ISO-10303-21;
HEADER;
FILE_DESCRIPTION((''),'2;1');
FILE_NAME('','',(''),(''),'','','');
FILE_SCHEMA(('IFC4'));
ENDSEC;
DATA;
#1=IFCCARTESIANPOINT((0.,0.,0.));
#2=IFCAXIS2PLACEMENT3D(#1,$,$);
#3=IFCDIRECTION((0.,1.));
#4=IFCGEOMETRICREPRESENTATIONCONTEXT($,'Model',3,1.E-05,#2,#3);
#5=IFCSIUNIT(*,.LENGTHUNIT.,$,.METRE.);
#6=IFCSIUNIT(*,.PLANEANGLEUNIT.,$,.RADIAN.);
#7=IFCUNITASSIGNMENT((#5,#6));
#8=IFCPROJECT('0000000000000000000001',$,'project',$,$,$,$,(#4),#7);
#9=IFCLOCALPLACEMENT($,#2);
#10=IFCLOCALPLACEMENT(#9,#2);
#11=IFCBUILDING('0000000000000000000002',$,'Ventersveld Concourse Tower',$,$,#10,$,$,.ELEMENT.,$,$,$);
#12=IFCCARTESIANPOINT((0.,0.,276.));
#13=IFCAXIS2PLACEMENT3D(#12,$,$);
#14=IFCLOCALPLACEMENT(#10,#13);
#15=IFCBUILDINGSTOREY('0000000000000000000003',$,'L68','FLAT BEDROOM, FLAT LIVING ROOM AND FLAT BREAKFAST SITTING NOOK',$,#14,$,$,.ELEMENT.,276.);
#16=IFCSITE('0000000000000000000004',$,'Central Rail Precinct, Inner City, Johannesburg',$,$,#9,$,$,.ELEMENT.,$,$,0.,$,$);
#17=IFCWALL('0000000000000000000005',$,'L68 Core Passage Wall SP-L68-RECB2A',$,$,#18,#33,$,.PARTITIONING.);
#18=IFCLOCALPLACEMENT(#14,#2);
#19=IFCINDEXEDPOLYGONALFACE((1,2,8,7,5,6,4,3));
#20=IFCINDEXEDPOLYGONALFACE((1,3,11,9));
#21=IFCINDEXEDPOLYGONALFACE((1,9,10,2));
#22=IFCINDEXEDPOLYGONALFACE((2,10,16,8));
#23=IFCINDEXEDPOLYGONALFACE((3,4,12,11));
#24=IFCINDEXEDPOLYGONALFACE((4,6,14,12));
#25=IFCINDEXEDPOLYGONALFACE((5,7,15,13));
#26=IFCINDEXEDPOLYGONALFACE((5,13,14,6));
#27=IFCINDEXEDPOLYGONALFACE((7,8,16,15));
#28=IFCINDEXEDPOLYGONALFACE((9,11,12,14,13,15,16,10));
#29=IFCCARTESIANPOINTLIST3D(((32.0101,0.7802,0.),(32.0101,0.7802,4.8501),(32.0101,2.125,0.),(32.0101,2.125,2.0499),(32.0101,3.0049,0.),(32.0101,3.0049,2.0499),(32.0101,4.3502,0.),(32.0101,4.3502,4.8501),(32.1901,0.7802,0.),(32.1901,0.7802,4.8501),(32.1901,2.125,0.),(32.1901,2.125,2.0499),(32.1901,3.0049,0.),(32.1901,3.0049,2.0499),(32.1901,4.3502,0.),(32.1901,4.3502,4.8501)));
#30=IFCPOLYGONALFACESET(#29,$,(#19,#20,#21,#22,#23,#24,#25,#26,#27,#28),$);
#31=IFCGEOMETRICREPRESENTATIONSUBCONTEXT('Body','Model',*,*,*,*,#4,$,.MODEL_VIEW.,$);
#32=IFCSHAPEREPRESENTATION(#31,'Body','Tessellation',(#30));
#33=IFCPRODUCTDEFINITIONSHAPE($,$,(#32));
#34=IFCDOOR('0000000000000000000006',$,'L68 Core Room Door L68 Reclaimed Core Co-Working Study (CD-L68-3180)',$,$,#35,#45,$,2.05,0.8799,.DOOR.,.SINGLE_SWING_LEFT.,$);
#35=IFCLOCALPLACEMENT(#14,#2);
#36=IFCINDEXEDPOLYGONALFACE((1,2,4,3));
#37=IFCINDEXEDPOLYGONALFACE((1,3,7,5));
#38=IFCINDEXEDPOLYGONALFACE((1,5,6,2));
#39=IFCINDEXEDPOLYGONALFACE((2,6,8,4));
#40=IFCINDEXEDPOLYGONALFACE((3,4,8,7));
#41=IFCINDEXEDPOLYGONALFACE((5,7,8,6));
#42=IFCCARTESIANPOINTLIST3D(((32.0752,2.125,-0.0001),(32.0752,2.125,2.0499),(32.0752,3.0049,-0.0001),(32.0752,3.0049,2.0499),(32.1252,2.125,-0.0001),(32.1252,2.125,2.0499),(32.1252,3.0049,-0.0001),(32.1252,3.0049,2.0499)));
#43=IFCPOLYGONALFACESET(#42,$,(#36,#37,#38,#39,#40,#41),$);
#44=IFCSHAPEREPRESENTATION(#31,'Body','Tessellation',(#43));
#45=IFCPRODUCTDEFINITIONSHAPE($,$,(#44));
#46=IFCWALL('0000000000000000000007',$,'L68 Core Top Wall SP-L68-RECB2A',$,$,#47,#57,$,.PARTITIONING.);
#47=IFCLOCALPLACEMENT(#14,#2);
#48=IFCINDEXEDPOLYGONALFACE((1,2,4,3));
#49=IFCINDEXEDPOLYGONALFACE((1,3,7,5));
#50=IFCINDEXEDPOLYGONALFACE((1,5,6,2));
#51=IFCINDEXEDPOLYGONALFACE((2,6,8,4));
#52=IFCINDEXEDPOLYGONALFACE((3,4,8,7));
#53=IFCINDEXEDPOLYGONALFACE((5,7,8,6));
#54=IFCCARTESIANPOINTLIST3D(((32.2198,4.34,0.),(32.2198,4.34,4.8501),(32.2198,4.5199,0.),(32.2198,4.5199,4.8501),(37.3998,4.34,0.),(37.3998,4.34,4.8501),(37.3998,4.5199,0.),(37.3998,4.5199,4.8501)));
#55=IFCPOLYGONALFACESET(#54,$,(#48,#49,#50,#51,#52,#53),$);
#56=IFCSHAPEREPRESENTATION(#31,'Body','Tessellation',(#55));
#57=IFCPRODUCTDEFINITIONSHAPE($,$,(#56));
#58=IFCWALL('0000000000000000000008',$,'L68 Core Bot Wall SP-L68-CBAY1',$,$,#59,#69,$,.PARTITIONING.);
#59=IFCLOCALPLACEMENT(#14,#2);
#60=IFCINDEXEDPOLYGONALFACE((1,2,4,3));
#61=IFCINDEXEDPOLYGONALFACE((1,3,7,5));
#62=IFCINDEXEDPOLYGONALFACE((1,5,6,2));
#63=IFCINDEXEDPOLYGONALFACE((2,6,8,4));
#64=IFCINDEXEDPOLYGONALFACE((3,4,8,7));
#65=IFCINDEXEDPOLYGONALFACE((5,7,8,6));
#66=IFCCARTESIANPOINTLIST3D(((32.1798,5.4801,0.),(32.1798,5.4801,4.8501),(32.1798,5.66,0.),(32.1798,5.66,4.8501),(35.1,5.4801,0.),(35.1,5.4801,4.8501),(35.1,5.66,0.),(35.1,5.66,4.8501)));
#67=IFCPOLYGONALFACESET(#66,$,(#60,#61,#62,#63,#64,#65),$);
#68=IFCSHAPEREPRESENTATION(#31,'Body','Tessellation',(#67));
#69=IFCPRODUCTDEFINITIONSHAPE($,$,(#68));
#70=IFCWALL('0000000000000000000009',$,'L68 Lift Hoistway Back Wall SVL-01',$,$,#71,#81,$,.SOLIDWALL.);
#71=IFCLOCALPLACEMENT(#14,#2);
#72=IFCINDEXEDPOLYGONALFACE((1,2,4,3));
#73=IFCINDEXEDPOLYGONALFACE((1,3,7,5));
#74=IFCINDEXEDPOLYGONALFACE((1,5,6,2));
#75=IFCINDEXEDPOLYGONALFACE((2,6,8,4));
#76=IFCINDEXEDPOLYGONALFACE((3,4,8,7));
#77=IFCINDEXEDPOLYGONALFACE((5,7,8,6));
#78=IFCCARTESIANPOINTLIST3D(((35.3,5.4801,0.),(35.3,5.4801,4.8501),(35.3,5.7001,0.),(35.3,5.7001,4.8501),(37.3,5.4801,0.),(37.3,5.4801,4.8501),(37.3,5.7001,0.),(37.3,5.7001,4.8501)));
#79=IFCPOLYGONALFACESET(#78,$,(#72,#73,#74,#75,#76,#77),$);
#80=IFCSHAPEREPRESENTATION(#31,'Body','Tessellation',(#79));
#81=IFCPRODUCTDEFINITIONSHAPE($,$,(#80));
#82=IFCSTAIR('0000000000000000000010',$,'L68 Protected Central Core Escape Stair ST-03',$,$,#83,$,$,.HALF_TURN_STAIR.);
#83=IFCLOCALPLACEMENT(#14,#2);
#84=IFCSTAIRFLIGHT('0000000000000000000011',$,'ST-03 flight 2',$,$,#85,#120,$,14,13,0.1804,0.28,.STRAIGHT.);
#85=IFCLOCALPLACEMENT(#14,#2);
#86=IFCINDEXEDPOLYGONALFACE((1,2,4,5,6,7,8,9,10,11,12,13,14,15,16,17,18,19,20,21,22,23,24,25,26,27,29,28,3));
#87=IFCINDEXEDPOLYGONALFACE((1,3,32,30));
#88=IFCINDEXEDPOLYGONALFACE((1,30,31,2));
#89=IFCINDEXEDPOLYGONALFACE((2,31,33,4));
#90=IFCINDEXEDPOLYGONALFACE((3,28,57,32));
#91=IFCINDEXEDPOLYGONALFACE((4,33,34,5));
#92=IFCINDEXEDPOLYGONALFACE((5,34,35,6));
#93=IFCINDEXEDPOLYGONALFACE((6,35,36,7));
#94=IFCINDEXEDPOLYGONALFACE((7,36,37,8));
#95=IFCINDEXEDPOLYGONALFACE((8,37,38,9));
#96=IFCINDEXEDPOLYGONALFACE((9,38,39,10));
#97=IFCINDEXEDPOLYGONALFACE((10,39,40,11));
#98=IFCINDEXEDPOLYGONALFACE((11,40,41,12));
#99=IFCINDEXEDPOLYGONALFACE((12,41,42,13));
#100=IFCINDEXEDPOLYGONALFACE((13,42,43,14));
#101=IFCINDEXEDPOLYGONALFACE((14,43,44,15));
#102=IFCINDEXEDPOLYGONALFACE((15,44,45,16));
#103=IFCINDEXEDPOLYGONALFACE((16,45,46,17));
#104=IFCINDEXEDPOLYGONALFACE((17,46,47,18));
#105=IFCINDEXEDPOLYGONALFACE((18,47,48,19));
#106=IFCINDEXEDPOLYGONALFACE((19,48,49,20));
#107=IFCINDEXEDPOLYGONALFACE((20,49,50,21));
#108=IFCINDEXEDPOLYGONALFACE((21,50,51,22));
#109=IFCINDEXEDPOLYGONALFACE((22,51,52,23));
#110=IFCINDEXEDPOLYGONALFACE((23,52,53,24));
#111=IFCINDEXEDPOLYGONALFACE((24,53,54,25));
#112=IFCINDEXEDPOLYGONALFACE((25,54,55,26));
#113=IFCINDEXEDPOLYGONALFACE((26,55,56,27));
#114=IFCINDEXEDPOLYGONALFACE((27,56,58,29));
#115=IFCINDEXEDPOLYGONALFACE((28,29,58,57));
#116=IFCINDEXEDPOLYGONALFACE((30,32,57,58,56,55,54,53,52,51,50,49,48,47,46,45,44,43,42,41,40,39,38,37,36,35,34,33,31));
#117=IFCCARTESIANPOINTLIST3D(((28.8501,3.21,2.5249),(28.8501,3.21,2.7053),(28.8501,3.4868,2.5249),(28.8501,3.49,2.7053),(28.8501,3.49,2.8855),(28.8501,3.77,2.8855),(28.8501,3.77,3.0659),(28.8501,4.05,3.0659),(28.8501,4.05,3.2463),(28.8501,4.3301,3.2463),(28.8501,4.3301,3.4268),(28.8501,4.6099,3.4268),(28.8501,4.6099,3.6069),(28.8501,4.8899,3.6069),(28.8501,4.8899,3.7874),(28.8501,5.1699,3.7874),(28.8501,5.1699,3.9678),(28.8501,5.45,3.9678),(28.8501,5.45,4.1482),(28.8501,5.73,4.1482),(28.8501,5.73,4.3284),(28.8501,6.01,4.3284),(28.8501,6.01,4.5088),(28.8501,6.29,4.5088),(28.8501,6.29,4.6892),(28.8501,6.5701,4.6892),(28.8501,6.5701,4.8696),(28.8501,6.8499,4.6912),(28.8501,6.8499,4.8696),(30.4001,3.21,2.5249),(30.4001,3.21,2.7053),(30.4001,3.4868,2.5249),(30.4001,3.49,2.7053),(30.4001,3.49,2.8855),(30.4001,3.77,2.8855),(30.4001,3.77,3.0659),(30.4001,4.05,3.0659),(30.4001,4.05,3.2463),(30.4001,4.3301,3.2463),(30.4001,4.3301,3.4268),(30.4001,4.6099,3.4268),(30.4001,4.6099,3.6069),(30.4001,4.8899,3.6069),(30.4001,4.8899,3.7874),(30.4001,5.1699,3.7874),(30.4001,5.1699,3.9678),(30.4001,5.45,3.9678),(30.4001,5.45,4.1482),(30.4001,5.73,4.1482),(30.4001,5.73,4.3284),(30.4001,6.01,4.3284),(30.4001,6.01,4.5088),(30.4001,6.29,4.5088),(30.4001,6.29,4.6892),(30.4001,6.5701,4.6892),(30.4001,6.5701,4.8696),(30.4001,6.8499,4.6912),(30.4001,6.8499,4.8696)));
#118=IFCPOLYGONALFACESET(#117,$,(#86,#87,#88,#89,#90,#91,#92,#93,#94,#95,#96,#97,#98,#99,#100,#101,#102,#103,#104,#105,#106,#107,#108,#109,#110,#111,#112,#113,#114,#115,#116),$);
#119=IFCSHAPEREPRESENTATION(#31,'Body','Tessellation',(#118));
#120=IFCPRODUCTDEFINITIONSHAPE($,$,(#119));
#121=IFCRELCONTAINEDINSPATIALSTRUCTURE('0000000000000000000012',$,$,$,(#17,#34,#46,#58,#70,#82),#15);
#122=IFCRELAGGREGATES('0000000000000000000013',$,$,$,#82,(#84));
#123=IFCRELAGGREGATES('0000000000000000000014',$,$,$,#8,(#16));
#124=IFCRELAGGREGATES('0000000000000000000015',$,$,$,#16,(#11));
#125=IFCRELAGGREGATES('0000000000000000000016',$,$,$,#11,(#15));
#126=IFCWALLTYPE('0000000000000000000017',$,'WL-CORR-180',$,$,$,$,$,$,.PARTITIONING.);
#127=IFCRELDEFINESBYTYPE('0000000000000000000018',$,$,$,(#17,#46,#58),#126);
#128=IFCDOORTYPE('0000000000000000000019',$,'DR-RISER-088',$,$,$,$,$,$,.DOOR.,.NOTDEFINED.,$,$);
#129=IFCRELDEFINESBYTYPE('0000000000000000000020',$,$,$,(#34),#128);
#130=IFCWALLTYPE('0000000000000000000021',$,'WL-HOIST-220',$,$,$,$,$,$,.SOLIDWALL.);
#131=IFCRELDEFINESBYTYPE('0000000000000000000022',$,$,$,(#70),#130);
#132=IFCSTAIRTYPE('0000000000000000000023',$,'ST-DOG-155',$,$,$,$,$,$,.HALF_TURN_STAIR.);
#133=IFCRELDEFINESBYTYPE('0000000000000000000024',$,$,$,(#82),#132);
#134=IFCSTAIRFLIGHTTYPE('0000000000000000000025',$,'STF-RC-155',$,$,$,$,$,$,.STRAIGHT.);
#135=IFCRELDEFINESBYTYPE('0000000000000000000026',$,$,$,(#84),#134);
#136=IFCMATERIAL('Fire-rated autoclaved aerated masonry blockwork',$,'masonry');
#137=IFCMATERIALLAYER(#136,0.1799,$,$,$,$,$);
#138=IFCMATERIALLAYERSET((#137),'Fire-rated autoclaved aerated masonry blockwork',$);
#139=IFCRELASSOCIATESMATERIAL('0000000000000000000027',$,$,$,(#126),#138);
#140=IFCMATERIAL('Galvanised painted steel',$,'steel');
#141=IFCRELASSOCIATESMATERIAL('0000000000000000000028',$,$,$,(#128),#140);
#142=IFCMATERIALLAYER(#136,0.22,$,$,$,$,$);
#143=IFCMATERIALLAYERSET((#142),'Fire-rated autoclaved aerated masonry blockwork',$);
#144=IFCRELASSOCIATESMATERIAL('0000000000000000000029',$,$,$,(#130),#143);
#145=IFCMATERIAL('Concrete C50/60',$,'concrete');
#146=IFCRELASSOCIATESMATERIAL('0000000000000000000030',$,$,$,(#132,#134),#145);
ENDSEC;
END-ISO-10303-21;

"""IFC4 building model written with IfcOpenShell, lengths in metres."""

from ifc_helpers import new_model, si_unit, direction, frame, frame_2d, origin, place, context, subcontext, project, spatial, polyline, rectangle, outline, extrude, material, layer, layer_set, type_object, element, fill, aggregate, save


model = new_model("IFC4")

# Units and contexts
model_context = context("Model", 3, precision=1e-05, world=origin(), true_north=direction((0.0, 1.0)))
body_context = subcontext(model_context, "Body", "Model", "MODEL_VIEW")
ifc_project = project(units=[si_unit("LENGTHUNIT", "METRE"), si_unit("PLANEANGLEUNIT", "RADIAN")], contexts=[model_context])

# Site, building, storey
site_placement = place(None, origin())
site = spatial("IfcSite", under=ifc_project, at=site_placement, Name="Central Rail Precinct, Inner City, Johannesburg", CompositionType="ELEMENT", RefElevation=0.0)
building_placement = place(site_placement, origin())
building = spatial("IfcBuilding", under=site, at=building_placement, Name="Ventersveld Concourse Tower", CompositionType="ELEMENT")
storey_placement = place(building_placement, frame((0.0, 0.0, 276.0)))
storey = spatial("IfcBuildingStorey", under=building, at=storey_placement, Name="L68", Description="FLAT BEDROOM, FLAT LIVING ROOM AND FLAT BREAKFAST SITTING NOOK", CompositionType="ELEMENT", Elevation=276.0)

# Shared definitions
ifc_material_1 = material(Name="Concrete C50/60", Category="concrete")

# Wall, opening, door
ifc_material_2 = material(Name="Fire-rated autoclaved aerated masonry blockwork", Category="masonry")
ifc_layer_1 = layer(ifc_material_2, 0.1799)
ifc_layer_set_1 = layer_set([ifc_layer_1], Name="Fire-rated autoclaved aerated masonry blockwork")
wall_type_1 = type_object("IfcWallType", Name="WL-CORR-180", PredefinedType="PARTITIONING", material=ifc_layer_set_1)
wall_1_placement = place(storey_placement, frame((32.1001, 0.78, 0.0), z_axis=(0.0, 0.0, 1.0), x_axis=(0.0, 1.0, 0.0)))
wall_1 = element("IfcWall", 1, at=wall_1_placement, inside=storey, type_object=wall_type_1, Name="L68 Core Passage Wall SP-L68-RECB2A", PredefinedType="PARTITIONING", context=body_context, shape_type="SweptSolid", body=[
    extrude(rectangle(XDim=3.5701, YDim=0.1799, at=frame_2d((1.7852, 0.0))), origin(), (0.0, 0.0, 1.0), 4.8501),
])
opening_1_placement = place(wall_1_placement, frame((1.345, 0.0, 0.0)))
opening_1 = element("IfcOpeningElement", 2, at=opening_1_placement, cuts=wall_1, PredefinedType="OPENING", context=body_context, shape_type="SweptSolid", body=[
    extrude(rectangle(XDim=0.8799, YDim=2.05, at=frame_2d((0.4399, 1.0249))), frame((0.0, 0.1001, 0.0), z_axis=(0.0, -1.0, 0.0), x_axis=(1.0, 0.0, 0.0)), (0.0, 0.0, 1.0), 0.2),
])
ifc_material_3 = material(Name="Galvanised painted steel", Category="steel")
door_type_1 = type_object("IfcDoorType", Name="DR-RISER-088", OperationType="NOTDEFINED", PredefinedType="DOOR", material=ifc_material_3)
door_1_placement = place(opening_1_placement, origin())
door_1 = element("IfcDoor", 3, at=door_1_placement, inside=storey, type_object=door_type_1, Name="L68 Core Room Door L68 Reclaimed Core Co-Working Study (CD-L68-3180)", OperationType="SINGLE_SWING_LEFT", OverallHeight=2.05, OverallWidth=0.8799, PredefinedType="DOOR", context=body_context, shape_type="SweptSolid", body=[
    extrude(rectangle(XDim=0.8799, YDim=2.05, at=frame_2d((0.4399, 1.0249))), frame((0.0, 0.0249, 0.0), z_axis=(0.0, -1.0, 0.0), x_axis=(1.0, 0.0, 0.0)), (0.0, 0.0, 1.0), 0.05),
])
fill(opening_1, door_1)

# Wall
wall_2_placement = place(storey_placement, frame((32.22, 4.4299, 0.0), z_axis=(0.0, 0.0, 1.0), x_axis=(1.0, 0.0, 0.0)))
element("IfcWall", 4, at=wall_2_placement, inside=storey, type_object=wall_type_1, Name="L68 Core Top Wall SP-L68-RECB2A", PredefinedType="PARTITIONING", context=body_context, shape_type="SweptSolid", body=[
    extrude(rectangle(XDim=5.1799, YDim=0.1799, at=frame_2d((2.5898, 0.0))), origin(), (0.0, 0.0, 1.0), 4.8501),
])

# Walls
wall_3_placement = place(storey_placement, frame((32.1799, 5.5701, 0.0), z_axis=(0.0, 0.0, 1.0), x_axis=(1.0, 0.0, 0.0)))
element("IfcWall", 5, at=wall_3_placement, inside=storey, type_object=wall_type_1, Name="L68 Core Bot Wall SP-L68-CBAY1", PredefinedType="PARTITIONING", context=body_context, shape_type="SweptSolid", body=[
    extrude(rectangle(XDim=2.9202, YDim=0.1799, at=frame_2d((1.46, 0.0))), origin(), (0.0, 0.0, 1.0), 4.8501),
])
ifc_layer_2 = layer(ifc_material_2, 0.22)
ifc_layer_set_2 = layer_set([ifc_layer_2], Name="Fire-rated autoclaved aerated masonry blockwork")
wall_type_2 = type_object("IfcWallType", Name="WL-HOIST-220", PredefinedType="SOLIDWALL", material=ifc_layer_set_2)
wall_4_placement = place(storey_placement, frame((35.3, 5.5901, 0.0), z_axis=(0.0, 0.0, 1.0), x_axis=(1.0, 0.0, 0.0)))
element("IfcWall", 6, at=wall_4_placement, inside=storey, type_object=wall_type_2, Name="L68 Lift Hoistway Back Wall SVL-01", PredefinedType="SOLIDWALL", context=body_context, shape_type="SweptSolid", body=[
    extrude(rectangle(XDim=2.0, YDim=0.22, at=frame_2d((1.0, 0.0))), origin(), (0.0, 0.0, 1.0), 4.8501),
])

# Stair, stair flight
stair_type = type_object("IfcStairType", Name="ST-DOG-155", PredefinedType="HALF_TURN_STAIR", material=ifc_material_1)
stair_placement = place(storey_placement, origin())
stair = element("IfcStair", 7, at=stair_placement, inside=storey, type_object=stair_type, Name="L68 Protected Central Core Escape Stair ST-03", PredefinedType="HALF_TURN_STAIR")
stair_flight_type = type_object("IfcStairFlightType", Name="STF-RC-155", PredefinedType="STRAIGHT", material=ifc_material_1)
stair_flight_placement = place(storey_placement, frame((29.625, 3.21, 2.5249), z_axis=(0.0, 0.0, 1.0), x_axis=(0.0, 1.0, 0.0)))
stair_flight = element("IfcStairFlight", 8, at=stair_flight_placement, type_object=stair_flight_type, Name="ST-03 flight 2", NumberOfRisers=14, NumberOfTreads=13, PredefinedType="STRAIGHT", RiserHeight=0.1804, TreadLength=0.28, context=body_context, shape_type="SweptSolid", body=[
    extrude(outline(polyline([(0.0, 0.0), (0.0, 0.1804), (0.28, 0.1804), (0.28, 0.3606), (0.5601, 0.3606), (0.5601, 0.541), (0.8401, 0.541), (0.8401, 0.7214), (1.1201, 0.7214), (1.1201, 0.9019), (1.3999, 0.9019), (1.3999, 1.082), (1.6799, 1.082), (1.6799, 1.2625), (1.96, 1.2625), (1.96, 1.4429), (2.24, 1.4429), (2.24, 1.6233), (2.52, 1.6233), (2.52, 1.8035), (2.8, 1.8035), (2.8, 1.9839), (3.0801, 1.9839), (3.0801, 2.1643), (3.3601, 2.1643), (3.3601, 2.3447), (3.6399, 2.3447), (3.6399, 2.5249), (3.6399, 2.1663), (0.2769, 0.0), (0.0, 0.0)])), frame((0.0, 0.7749, 0.0), z_axis=(0.0, -1.0, 0.0), x_axis=(1.0, 0.0, 0.0)), (0.0, 0.0, 1.0), 1.55),
])
aggregate(stair, [stair_flight])

save(model, "model.ifc")
